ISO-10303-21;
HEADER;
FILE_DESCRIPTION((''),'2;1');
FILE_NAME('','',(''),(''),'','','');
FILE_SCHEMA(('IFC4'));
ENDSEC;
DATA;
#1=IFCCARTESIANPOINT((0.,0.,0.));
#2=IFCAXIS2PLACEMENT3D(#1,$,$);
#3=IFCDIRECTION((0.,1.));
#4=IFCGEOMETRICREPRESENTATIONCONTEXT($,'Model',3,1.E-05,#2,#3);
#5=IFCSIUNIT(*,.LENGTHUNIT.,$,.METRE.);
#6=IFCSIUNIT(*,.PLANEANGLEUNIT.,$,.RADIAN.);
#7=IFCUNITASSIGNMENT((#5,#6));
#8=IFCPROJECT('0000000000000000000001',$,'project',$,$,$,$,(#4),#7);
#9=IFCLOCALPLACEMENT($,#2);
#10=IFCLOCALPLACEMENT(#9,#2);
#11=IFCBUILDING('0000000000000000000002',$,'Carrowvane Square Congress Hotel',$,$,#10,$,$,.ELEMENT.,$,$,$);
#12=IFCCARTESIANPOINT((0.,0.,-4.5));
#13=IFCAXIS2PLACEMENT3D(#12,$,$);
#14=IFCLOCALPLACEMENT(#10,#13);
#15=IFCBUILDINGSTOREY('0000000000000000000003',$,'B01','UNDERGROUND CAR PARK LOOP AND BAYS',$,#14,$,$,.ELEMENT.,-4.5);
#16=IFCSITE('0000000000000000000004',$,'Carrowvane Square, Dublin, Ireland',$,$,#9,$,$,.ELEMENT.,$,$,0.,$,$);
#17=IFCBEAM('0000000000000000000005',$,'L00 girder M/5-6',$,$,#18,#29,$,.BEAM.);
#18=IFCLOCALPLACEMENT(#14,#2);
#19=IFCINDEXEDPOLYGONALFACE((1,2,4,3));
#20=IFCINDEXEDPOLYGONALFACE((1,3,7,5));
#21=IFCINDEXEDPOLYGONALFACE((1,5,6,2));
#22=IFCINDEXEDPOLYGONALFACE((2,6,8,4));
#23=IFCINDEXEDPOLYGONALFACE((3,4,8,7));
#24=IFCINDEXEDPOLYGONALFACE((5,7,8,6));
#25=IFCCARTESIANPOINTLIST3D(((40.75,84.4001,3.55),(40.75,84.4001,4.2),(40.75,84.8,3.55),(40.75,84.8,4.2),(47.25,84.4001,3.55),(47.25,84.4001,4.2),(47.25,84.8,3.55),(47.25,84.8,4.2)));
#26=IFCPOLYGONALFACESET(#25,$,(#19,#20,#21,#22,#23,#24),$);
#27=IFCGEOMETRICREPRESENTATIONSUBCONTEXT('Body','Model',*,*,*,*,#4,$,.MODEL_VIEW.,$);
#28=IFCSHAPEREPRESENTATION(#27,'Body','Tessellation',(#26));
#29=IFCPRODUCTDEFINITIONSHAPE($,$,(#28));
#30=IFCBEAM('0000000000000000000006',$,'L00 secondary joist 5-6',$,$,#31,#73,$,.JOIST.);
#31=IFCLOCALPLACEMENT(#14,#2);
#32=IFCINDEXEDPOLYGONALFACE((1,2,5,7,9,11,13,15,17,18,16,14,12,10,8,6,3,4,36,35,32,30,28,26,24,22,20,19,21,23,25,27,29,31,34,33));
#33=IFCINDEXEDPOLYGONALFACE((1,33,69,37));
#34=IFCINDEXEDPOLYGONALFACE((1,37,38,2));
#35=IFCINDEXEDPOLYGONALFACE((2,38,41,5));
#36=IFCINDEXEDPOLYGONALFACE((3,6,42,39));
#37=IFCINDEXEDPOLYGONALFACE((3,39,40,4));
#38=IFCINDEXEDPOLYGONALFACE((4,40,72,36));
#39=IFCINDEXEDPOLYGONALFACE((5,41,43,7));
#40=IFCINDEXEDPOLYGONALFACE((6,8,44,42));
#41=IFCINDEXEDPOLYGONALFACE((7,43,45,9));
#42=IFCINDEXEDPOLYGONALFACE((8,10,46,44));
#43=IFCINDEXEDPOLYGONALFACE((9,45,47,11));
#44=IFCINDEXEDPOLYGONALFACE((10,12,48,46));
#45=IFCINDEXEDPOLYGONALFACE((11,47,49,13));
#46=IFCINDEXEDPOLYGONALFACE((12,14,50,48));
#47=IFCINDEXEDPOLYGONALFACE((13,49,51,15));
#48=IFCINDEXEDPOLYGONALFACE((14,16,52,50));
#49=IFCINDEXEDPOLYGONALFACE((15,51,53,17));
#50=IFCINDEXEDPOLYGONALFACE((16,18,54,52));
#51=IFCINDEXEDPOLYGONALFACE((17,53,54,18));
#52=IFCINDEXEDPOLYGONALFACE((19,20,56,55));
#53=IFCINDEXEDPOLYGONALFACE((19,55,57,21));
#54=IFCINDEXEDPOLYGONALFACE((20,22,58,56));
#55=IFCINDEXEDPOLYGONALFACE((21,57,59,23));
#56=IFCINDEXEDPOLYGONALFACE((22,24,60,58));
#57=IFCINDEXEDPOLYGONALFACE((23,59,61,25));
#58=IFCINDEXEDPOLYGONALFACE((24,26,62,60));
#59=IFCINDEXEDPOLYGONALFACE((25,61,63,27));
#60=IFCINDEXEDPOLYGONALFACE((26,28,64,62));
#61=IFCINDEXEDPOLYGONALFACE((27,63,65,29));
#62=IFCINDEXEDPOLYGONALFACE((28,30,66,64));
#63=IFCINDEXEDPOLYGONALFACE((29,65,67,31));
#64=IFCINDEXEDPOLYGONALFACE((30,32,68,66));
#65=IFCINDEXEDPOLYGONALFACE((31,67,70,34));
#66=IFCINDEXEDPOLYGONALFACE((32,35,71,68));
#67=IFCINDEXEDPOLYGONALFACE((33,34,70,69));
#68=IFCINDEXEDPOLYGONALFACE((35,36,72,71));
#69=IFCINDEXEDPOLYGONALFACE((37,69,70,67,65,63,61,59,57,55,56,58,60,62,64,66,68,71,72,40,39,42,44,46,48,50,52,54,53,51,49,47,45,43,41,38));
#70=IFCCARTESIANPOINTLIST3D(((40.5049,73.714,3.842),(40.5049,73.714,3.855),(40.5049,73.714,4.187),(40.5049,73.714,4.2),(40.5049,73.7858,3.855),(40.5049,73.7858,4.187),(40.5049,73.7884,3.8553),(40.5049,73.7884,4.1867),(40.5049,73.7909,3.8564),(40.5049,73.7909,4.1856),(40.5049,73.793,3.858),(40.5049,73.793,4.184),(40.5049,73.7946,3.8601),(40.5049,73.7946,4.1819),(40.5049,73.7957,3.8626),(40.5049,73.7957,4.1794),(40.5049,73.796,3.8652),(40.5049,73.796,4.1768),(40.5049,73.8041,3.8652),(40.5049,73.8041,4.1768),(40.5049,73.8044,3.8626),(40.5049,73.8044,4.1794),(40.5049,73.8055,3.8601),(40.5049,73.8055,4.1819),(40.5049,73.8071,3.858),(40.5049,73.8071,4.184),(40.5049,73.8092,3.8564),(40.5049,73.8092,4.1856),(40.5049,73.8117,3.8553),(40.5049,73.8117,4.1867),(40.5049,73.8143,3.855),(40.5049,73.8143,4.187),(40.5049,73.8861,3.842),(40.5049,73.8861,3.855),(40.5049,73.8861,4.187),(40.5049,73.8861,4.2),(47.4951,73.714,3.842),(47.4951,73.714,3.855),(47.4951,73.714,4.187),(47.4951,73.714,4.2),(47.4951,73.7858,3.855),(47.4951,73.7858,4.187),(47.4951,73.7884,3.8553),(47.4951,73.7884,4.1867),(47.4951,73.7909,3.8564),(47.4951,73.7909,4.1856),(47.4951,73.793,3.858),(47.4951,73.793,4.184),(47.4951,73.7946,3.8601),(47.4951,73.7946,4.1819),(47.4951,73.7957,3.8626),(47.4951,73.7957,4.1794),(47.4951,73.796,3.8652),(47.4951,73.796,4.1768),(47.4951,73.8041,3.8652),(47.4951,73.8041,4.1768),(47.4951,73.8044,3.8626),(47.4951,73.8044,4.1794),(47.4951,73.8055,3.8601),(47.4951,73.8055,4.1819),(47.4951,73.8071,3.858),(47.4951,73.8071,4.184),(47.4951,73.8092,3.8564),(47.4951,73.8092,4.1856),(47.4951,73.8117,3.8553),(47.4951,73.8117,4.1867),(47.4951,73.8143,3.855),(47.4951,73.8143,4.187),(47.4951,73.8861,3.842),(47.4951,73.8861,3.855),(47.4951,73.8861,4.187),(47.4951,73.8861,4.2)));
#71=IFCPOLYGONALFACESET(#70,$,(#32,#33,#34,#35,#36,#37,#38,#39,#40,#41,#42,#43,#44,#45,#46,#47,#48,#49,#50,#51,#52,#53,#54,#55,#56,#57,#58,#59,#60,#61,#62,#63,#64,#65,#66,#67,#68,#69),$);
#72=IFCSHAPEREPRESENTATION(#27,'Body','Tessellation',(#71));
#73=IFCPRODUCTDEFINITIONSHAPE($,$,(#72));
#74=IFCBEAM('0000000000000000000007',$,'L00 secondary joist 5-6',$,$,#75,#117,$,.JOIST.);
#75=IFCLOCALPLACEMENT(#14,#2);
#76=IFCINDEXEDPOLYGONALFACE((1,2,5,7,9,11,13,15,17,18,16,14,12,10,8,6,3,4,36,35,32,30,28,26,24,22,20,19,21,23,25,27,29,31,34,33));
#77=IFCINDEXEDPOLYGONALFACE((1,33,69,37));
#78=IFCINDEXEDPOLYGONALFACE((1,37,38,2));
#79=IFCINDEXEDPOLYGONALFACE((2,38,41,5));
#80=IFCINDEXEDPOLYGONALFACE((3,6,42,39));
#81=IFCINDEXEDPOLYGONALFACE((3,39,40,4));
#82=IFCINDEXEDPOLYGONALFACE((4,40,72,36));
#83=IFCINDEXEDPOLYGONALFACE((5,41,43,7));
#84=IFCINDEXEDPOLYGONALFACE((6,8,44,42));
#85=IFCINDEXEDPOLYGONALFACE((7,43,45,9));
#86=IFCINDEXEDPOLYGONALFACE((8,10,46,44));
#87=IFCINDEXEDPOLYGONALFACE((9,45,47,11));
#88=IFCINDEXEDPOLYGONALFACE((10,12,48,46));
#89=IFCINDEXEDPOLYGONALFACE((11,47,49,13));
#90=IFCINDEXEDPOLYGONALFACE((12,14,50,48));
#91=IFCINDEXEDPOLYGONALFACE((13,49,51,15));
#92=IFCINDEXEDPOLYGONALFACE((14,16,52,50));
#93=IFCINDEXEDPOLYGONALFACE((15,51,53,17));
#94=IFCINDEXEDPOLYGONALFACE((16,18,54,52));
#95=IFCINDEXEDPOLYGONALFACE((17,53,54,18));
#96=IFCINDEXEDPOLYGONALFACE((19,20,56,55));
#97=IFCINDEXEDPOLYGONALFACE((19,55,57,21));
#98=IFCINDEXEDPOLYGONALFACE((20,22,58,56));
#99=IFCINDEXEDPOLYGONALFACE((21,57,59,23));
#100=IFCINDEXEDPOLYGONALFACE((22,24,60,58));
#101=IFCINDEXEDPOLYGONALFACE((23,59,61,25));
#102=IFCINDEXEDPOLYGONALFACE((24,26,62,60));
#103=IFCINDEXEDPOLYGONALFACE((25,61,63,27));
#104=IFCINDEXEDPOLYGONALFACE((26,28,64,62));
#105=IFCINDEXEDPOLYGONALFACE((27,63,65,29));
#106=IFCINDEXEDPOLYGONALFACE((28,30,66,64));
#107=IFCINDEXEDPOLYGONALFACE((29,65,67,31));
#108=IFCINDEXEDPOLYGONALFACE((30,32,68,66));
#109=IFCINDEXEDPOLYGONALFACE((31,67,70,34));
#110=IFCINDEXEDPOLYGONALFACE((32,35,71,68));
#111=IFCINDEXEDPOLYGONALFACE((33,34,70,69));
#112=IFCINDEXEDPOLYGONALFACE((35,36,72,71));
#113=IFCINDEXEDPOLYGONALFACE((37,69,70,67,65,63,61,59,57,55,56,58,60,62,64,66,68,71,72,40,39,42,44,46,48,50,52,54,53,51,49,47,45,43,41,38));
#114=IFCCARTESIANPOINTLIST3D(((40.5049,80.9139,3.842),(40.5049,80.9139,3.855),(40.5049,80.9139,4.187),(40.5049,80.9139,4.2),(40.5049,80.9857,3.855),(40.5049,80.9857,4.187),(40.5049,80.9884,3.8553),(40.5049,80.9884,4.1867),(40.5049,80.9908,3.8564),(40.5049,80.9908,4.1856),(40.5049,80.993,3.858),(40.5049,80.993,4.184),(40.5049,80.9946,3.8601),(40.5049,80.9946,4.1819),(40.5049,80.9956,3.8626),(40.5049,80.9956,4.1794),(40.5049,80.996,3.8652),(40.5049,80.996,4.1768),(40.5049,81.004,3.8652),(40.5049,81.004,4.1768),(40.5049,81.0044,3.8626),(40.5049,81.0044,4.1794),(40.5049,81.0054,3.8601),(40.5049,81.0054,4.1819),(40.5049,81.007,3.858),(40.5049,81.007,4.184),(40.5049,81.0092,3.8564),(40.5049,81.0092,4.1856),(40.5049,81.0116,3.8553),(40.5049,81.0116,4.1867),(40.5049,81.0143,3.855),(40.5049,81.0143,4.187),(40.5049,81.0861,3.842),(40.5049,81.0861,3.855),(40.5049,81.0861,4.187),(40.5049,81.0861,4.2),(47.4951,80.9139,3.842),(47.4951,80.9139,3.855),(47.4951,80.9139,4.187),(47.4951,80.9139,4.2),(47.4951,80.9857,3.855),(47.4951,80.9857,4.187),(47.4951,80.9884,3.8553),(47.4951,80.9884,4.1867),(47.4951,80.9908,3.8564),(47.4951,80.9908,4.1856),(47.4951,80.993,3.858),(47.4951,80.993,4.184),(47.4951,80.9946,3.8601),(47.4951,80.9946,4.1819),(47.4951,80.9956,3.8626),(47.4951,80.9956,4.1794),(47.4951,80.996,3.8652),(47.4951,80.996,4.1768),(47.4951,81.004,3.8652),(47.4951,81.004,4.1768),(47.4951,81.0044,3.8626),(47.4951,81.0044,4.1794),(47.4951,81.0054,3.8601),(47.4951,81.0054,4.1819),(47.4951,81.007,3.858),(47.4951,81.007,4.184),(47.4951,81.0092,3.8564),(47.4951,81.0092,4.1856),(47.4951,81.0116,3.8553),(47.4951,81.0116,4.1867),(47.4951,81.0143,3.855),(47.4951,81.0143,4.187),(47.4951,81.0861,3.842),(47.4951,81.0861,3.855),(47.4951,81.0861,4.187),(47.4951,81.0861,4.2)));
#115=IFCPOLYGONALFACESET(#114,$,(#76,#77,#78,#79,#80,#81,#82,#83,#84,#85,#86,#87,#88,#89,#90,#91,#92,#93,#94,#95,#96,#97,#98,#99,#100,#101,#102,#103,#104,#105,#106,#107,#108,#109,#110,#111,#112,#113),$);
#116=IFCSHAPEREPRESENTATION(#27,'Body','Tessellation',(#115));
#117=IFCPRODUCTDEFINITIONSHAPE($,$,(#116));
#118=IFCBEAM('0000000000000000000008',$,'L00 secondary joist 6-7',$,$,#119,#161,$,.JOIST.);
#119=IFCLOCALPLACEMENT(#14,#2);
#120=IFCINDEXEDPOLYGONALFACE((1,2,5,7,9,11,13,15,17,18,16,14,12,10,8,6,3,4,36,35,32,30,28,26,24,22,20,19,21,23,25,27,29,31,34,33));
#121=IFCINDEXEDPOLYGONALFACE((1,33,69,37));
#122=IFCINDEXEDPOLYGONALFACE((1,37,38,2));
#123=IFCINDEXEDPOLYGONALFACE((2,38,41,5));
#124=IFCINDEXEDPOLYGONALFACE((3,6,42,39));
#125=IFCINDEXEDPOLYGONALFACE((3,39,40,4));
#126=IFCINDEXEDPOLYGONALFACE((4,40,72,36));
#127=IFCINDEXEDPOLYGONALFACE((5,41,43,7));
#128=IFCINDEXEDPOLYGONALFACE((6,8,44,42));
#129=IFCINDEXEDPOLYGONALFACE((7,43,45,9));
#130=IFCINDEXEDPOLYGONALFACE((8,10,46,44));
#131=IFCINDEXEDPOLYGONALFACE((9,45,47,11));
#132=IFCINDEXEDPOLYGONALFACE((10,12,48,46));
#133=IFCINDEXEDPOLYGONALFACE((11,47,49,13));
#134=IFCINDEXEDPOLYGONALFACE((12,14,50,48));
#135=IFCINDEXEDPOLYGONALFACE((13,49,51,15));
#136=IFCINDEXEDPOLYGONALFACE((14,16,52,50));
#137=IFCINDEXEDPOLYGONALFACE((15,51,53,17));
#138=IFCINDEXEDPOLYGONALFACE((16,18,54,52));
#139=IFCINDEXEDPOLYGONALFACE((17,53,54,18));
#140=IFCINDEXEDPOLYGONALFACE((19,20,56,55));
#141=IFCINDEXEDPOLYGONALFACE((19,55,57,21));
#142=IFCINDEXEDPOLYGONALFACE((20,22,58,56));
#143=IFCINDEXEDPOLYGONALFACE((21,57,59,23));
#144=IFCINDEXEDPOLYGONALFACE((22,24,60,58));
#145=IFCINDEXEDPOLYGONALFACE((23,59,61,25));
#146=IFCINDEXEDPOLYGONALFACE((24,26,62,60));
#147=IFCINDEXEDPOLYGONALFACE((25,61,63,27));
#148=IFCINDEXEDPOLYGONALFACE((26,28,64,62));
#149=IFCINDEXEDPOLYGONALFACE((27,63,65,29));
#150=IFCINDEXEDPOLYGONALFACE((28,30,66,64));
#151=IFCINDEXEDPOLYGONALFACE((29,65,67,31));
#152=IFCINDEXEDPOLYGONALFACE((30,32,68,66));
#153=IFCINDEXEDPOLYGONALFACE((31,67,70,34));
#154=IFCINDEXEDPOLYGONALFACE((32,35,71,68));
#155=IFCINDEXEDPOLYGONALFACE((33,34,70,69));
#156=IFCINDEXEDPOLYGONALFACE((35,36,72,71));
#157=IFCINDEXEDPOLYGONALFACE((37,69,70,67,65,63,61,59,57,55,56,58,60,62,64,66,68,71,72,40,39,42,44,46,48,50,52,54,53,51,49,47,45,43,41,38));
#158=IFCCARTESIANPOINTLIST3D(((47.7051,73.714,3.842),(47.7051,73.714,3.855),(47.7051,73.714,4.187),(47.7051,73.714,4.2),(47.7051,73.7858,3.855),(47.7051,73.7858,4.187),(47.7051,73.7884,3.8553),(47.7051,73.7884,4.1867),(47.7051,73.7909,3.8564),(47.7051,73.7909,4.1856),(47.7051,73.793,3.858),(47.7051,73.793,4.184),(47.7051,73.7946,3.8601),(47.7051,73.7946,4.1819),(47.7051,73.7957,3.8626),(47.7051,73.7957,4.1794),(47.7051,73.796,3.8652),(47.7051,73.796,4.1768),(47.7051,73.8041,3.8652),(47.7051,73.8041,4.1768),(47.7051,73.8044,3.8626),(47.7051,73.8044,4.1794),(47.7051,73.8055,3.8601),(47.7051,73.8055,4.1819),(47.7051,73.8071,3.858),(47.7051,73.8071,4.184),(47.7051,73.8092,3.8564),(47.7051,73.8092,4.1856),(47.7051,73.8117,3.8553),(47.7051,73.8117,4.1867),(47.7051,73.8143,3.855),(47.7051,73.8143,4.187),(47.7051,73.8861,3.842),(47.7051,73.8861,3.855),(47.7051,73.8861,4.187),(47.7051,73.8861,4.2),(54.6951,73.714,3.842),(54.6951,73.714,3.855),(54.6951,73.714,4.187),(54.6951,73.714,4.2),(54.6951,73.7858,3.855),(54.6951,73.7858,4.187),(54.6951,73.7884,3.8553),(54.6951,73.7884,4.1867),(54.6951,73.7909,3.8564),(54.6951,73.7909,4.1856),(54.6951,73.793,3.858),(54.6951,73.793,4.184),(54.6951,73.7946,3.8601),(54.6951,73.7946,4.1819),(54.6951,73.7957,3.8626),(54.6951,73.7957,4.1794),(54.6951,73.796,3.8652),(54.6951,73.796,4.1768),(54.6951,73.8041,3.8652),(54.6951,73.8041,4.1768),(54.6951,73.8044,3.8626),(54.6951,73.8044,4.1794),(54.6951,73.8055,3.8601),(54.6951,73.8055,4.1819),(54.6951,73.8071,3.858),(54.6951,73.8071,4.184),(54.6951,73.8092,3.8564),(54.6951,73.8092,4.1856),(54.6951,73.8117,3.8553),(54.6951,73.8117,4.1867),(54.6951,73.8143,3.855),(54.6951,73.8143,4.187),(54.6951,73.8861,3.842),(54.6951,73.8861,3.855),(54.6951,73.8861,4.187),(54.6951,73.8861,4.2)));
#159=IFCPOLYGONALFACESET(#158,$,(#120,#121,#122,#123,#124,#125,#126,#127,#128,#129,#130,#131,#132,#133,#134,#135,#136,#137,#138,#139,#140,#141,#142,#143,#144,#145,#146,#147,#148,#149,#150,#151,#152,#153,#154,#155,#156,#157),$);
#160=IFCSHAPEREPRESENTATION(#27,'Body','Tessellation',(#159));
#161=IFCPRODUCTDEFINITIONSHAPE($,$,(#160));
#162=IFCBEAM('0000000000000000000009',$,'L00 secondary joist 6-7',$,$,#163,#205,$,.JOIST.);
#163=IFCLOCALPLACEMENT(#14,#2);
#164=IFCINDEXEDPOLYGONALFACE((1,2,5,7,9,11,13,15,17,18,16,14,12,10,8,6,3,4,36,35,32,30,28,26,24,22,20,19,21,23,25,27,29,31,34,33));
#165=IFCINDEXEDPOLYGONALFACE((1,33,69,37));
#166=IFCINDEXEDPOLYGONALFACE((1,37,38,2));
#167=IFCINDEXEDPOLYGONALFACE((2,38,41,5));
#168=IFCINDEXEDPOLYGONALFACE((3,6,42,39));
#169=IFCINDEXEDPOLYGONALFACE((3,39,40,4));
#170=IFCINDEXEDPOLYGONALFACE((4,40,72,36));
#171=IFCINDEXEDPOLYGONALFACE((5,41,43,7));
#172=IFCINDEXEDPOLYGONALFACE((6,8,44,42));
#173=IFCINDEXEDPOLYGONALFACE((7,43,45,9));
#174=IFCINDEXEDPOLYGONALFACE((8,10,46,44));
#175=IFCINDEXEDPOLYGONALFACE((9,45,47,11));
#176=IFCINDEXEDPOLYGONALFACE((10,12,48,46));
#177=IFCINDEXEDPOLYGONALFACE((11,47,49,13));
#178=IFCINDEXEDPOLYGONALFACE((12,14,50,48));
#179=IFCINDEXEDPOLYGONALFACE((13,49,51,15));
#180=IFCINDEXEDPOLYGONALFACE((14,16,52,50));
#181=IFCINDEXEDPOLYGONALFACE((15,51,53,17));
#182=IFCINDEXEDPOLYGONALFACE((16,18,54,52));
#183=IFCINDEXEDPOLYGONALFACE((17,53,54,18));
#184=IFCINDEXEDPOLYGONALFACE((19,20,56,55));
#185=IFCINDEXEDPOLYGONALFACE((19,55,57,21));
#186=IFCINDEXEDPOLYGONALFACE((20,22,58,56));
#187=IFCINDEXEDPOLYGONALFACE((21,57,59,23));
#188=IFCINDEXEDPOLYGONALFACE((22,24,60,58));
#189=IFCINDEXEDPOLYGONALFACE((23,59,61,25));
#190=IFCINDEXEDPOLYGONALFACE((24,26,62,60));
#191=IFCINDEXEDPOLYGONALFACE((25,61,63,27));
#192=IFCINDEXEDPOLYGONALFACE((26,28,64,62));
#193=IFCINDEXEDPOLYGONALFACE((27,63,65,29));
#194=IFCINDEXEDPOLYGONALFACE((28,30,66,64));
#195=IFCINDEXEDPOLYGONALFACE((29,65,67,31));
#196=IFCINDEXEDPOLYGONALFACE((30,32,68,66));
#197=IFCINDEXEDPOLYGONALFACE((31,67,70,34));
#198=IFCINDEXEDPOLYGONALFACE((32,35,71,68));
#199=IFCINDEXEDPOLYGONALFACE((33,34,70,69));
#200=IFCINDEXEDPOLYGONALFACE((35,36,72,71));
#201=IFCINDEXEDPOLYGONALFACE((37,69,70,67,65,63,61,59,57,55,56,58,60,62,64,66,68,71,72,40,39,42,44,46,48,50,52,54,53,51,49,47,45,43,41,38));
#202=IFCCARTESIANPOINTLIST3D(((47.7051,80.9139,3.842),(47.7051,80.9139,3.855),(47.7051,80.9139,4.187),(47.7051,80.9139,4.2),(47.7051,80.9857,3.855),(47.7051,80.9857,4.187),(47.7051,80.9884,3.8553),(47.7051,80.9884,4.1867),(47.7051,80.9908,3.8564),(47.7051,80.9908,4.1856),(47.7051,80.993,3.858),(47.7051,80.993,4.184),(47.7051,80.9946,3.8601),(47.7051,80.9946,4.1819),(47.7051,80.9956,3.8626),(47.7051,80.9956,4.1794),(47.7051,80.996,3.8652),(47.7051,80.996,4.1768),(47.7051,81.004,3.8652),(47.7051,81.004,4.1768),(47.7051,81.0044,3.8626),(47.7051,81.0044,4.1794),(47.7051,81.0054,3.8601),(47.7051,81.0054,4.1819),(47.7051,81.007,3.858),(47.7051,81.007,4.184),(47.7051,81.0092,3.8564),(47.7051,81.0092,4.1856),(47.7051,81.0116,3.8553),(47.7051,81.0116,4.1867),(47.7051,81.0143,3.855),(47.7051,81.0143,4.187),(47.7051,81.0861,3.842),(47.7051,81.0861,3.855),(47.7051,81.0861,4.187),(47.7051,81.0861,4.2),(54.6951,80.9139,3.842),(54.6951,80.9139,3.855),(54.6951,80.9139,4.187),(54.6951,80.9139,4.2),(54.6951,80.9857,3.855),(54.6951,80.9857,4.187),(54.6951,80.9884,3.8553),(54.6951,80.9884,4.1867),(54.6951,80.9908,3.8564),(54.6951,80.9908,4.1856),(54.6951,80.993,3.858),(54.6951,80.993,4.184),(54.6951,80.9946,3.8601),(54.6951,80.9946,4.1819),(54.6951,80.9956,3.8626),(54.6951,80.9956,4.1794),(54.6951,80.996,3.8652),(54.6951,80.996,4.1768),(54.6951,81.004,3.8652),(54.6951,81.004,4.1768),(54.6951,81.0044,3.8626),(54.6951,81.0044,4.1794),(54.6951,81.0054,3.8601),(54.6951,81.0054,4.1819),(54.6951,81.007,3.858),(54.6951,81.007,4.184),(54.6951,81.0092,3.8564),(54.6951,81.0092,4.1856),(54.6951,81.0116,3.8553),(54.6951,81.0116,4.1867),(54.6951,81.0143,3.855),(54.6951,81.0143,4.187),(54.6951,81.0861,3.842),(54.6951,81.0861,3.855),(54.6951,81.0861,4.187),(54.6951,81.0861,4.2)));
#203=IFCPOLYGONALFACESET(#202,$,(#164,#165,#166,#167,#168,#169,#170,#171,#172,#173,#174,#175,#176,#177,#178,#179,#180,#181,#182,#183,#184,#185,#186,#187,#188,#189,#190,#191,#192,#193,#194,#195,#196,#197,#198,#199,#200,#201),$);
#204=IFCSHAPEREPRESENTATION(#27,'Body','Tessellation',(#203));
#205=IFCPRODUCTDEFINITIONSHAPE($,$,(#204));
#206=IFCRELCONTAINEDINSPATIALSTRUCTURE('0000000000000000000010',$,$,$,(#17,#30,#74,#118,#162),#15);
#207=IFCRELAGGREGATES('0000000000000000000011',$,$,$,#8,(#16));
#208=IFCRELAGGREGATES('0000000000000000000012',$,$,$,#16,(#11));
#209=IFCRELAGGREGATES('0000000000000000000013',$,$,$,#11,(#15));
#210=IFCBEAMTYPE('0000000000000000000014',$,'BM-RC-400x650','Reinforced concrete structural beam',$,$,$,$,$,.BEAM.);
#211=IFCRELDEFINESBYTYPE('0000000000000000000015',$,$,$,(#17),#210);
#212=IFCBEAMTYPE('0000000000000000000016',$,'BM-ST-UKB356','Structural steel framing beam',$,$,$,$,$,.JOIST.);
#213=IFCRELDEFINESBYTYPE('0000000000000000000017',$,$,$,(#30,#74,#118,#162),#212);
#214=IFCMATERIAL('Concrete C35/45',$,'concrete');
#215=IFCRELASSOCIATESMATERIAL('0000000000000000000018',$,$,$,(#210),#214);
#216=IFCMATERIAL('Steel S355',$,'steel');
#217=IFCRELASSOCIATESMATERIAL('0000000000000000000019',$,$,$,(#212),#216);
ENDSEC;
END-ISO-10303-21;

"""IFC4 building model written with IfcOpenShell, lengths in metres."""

from ifc_helpers import new_model, si_unit, direction, frame, origin, origin_2d, place, context, subcontext, project, spatial, rectangle, i_section, extrude, material, material_profile, profile_set, type_object, element, save


model = new_model("IFC4")

# Units and contexts
model_context = context("Model", 3, precision=1e-05, world=origin(), true_north=direction((0.0, 1.0)))
body_context = subcontext(model_context, "Body", "Model", "MODEL_VIEW")
ifc_project = project(units=[si_unit("LENGTHUNIT", "METRE"), si_unit("PLANEANGLEUNIT", "RADIAN")], contexts=[model_context])

# Site, building, storey
site_placement = place(None, origin())
site = spatial("IfcSite", under=ifc_project, at=site_placement, Name="Carrowvane Square, Dublin, Ireland", CompositionType="ELEMENT", RefElevation=0.0)
building_placement = place(site_placement, origin())
building = spatial("IfcBuilding", under=site, at=building_placement, Name="Carrowvane Square Congress Hotel", CompositionType="ELEMENT")
storey_placement = place(building_placement, frame((0.0, 0.0, -4.5)))
storey = spatial("IfcBuildingStorey", under=building, at=storey_placement, Name="B01", Description="UNDERGROUND CAR PARK LOOP AND BAYS", CompositionType="ELEMENT", Elevation=-4.5)

# Beams
ifc_material_1 = material(Name="Concrete C35/45", Category="concrete")
ifc_material_profile_1 = material_profile(ifc_material_1, rectangle(XDim=0.3999, YDim=0.6499, at=origin_2d()), Name="RC 400x650")
ifc_profile_set_1 = profile_set([ifc_material_profile_1], Name="Concrete C35/45")
beam_type_1 = type_object("IfcBeamType", Name="BM-RC-400x650", Description="Reinforced concrete structural beam", PredefinedType="BEAM", material=ifc_profile_set_1)
for number, where, z_axis, x_axis, name in (
    (1, (40.75, 84.6001, 3.875), (1.0, 0.0, 0.0), (0.0, 1.0, 0.0), "L00 girder M/5-6"),
):
    element("IfcBeam", number, at=place(storey_placement, frame(where, z_axis=z_axis, x_axis=x_axis)), inside=storey, type_object=beam_type_1, Name=name, PredefinedType="BEAM", context=body_context, shape_type="SweptSolid", body=[
        extrude(rectangle(XDim=0.3999, YDim=0.6499, at=origin_2d()), origin(), (0.0, 0.0, 1.0), 6.5),
    ])
ifc_material_2 = material(Name="Steel S355", Category="steel")
ifc_material_profile_2 = material_profile(ifc_material_2, i_section(OverallWidth=0.1721, OverallDepth=0.3579, WebThickness=0.0081, FlangeThickness=0.0129, FilletRadius=0.0103, at=origin_2d()), Name="UKB 356x171x57")
ifc_profile_set_2 = profile_set([ifc_material_profile_2], Name="Steel S355")
beam_type_2 = type_object("IfcBeamType", Name="BM-ST-UKB356", Description="Structural steel framing beam", PredefinedType="JOIST", material=ifc_profile_set_2)
for number, where, z_axis, x_axis, name in (
    (2, (40.5049, 73.8, 4.021), (1.0, 0.0, 0.0), (0.0, 1.0, 0.0), "L00 secondary joist 5-6"),
    (3, (40.5049, 81.0, 4.021), (1.0, 0.0, 0.0), (0.0, 1.0, 0.0), "L00 secondary joist 5-6"),
):
    element("IfcBeam", number, at=place(storey_placement, frame(where, z_axis=z_axis, x_axis=x_axis)), inside=storey, type_object=beam_type_2, Name=name, PredefinedType="JOIST", context=body_context, shape_type="SweptSolid", body=[
        extrude(i_section(OverallWidth=0.1721, OverallDepth=0.3579, WebThickness=0.0081, FlangeThickness=0.0129, FilletRadius=0.0103, at=origin_2d()), origin(), (0.0, 0.0, 1.0), 6.9902),
    ])
for number, where, z_axis, x_axis, name in (
    (4, (47.7051, 73.8, 4.021), (1.0, 0.0, 0.0), (0.0, 1.0, 0.0), "L00 secondary joist 6-7"),
    (5, (47.7051, 81.0, 4.021), (1.0, 0.0, 0.0), (0.0, 1.0, 0.0), "L00 secondary joist 6-7"),
):
    element("IfcBeam", number, at=place(storey_placement, frame(where, z_axis=z_axis, x_axis=x_axis)), inside=storey, type_object=beam_type_2, Name=name, PredefinedType="JOIST", context=body_context, shape_type="SweptSolid", body=[
        extrude(i_section(OverallWidth=0.1721, OverallDepth=0.3579, WebThickness=0.0081, FlangeThickness=0.0129, FilletRadius=0.0103, at=origin_2d()), origin(), (0.0, 0.0, 1.0), 6.99),
    ])

save(model, "model.ifc")
